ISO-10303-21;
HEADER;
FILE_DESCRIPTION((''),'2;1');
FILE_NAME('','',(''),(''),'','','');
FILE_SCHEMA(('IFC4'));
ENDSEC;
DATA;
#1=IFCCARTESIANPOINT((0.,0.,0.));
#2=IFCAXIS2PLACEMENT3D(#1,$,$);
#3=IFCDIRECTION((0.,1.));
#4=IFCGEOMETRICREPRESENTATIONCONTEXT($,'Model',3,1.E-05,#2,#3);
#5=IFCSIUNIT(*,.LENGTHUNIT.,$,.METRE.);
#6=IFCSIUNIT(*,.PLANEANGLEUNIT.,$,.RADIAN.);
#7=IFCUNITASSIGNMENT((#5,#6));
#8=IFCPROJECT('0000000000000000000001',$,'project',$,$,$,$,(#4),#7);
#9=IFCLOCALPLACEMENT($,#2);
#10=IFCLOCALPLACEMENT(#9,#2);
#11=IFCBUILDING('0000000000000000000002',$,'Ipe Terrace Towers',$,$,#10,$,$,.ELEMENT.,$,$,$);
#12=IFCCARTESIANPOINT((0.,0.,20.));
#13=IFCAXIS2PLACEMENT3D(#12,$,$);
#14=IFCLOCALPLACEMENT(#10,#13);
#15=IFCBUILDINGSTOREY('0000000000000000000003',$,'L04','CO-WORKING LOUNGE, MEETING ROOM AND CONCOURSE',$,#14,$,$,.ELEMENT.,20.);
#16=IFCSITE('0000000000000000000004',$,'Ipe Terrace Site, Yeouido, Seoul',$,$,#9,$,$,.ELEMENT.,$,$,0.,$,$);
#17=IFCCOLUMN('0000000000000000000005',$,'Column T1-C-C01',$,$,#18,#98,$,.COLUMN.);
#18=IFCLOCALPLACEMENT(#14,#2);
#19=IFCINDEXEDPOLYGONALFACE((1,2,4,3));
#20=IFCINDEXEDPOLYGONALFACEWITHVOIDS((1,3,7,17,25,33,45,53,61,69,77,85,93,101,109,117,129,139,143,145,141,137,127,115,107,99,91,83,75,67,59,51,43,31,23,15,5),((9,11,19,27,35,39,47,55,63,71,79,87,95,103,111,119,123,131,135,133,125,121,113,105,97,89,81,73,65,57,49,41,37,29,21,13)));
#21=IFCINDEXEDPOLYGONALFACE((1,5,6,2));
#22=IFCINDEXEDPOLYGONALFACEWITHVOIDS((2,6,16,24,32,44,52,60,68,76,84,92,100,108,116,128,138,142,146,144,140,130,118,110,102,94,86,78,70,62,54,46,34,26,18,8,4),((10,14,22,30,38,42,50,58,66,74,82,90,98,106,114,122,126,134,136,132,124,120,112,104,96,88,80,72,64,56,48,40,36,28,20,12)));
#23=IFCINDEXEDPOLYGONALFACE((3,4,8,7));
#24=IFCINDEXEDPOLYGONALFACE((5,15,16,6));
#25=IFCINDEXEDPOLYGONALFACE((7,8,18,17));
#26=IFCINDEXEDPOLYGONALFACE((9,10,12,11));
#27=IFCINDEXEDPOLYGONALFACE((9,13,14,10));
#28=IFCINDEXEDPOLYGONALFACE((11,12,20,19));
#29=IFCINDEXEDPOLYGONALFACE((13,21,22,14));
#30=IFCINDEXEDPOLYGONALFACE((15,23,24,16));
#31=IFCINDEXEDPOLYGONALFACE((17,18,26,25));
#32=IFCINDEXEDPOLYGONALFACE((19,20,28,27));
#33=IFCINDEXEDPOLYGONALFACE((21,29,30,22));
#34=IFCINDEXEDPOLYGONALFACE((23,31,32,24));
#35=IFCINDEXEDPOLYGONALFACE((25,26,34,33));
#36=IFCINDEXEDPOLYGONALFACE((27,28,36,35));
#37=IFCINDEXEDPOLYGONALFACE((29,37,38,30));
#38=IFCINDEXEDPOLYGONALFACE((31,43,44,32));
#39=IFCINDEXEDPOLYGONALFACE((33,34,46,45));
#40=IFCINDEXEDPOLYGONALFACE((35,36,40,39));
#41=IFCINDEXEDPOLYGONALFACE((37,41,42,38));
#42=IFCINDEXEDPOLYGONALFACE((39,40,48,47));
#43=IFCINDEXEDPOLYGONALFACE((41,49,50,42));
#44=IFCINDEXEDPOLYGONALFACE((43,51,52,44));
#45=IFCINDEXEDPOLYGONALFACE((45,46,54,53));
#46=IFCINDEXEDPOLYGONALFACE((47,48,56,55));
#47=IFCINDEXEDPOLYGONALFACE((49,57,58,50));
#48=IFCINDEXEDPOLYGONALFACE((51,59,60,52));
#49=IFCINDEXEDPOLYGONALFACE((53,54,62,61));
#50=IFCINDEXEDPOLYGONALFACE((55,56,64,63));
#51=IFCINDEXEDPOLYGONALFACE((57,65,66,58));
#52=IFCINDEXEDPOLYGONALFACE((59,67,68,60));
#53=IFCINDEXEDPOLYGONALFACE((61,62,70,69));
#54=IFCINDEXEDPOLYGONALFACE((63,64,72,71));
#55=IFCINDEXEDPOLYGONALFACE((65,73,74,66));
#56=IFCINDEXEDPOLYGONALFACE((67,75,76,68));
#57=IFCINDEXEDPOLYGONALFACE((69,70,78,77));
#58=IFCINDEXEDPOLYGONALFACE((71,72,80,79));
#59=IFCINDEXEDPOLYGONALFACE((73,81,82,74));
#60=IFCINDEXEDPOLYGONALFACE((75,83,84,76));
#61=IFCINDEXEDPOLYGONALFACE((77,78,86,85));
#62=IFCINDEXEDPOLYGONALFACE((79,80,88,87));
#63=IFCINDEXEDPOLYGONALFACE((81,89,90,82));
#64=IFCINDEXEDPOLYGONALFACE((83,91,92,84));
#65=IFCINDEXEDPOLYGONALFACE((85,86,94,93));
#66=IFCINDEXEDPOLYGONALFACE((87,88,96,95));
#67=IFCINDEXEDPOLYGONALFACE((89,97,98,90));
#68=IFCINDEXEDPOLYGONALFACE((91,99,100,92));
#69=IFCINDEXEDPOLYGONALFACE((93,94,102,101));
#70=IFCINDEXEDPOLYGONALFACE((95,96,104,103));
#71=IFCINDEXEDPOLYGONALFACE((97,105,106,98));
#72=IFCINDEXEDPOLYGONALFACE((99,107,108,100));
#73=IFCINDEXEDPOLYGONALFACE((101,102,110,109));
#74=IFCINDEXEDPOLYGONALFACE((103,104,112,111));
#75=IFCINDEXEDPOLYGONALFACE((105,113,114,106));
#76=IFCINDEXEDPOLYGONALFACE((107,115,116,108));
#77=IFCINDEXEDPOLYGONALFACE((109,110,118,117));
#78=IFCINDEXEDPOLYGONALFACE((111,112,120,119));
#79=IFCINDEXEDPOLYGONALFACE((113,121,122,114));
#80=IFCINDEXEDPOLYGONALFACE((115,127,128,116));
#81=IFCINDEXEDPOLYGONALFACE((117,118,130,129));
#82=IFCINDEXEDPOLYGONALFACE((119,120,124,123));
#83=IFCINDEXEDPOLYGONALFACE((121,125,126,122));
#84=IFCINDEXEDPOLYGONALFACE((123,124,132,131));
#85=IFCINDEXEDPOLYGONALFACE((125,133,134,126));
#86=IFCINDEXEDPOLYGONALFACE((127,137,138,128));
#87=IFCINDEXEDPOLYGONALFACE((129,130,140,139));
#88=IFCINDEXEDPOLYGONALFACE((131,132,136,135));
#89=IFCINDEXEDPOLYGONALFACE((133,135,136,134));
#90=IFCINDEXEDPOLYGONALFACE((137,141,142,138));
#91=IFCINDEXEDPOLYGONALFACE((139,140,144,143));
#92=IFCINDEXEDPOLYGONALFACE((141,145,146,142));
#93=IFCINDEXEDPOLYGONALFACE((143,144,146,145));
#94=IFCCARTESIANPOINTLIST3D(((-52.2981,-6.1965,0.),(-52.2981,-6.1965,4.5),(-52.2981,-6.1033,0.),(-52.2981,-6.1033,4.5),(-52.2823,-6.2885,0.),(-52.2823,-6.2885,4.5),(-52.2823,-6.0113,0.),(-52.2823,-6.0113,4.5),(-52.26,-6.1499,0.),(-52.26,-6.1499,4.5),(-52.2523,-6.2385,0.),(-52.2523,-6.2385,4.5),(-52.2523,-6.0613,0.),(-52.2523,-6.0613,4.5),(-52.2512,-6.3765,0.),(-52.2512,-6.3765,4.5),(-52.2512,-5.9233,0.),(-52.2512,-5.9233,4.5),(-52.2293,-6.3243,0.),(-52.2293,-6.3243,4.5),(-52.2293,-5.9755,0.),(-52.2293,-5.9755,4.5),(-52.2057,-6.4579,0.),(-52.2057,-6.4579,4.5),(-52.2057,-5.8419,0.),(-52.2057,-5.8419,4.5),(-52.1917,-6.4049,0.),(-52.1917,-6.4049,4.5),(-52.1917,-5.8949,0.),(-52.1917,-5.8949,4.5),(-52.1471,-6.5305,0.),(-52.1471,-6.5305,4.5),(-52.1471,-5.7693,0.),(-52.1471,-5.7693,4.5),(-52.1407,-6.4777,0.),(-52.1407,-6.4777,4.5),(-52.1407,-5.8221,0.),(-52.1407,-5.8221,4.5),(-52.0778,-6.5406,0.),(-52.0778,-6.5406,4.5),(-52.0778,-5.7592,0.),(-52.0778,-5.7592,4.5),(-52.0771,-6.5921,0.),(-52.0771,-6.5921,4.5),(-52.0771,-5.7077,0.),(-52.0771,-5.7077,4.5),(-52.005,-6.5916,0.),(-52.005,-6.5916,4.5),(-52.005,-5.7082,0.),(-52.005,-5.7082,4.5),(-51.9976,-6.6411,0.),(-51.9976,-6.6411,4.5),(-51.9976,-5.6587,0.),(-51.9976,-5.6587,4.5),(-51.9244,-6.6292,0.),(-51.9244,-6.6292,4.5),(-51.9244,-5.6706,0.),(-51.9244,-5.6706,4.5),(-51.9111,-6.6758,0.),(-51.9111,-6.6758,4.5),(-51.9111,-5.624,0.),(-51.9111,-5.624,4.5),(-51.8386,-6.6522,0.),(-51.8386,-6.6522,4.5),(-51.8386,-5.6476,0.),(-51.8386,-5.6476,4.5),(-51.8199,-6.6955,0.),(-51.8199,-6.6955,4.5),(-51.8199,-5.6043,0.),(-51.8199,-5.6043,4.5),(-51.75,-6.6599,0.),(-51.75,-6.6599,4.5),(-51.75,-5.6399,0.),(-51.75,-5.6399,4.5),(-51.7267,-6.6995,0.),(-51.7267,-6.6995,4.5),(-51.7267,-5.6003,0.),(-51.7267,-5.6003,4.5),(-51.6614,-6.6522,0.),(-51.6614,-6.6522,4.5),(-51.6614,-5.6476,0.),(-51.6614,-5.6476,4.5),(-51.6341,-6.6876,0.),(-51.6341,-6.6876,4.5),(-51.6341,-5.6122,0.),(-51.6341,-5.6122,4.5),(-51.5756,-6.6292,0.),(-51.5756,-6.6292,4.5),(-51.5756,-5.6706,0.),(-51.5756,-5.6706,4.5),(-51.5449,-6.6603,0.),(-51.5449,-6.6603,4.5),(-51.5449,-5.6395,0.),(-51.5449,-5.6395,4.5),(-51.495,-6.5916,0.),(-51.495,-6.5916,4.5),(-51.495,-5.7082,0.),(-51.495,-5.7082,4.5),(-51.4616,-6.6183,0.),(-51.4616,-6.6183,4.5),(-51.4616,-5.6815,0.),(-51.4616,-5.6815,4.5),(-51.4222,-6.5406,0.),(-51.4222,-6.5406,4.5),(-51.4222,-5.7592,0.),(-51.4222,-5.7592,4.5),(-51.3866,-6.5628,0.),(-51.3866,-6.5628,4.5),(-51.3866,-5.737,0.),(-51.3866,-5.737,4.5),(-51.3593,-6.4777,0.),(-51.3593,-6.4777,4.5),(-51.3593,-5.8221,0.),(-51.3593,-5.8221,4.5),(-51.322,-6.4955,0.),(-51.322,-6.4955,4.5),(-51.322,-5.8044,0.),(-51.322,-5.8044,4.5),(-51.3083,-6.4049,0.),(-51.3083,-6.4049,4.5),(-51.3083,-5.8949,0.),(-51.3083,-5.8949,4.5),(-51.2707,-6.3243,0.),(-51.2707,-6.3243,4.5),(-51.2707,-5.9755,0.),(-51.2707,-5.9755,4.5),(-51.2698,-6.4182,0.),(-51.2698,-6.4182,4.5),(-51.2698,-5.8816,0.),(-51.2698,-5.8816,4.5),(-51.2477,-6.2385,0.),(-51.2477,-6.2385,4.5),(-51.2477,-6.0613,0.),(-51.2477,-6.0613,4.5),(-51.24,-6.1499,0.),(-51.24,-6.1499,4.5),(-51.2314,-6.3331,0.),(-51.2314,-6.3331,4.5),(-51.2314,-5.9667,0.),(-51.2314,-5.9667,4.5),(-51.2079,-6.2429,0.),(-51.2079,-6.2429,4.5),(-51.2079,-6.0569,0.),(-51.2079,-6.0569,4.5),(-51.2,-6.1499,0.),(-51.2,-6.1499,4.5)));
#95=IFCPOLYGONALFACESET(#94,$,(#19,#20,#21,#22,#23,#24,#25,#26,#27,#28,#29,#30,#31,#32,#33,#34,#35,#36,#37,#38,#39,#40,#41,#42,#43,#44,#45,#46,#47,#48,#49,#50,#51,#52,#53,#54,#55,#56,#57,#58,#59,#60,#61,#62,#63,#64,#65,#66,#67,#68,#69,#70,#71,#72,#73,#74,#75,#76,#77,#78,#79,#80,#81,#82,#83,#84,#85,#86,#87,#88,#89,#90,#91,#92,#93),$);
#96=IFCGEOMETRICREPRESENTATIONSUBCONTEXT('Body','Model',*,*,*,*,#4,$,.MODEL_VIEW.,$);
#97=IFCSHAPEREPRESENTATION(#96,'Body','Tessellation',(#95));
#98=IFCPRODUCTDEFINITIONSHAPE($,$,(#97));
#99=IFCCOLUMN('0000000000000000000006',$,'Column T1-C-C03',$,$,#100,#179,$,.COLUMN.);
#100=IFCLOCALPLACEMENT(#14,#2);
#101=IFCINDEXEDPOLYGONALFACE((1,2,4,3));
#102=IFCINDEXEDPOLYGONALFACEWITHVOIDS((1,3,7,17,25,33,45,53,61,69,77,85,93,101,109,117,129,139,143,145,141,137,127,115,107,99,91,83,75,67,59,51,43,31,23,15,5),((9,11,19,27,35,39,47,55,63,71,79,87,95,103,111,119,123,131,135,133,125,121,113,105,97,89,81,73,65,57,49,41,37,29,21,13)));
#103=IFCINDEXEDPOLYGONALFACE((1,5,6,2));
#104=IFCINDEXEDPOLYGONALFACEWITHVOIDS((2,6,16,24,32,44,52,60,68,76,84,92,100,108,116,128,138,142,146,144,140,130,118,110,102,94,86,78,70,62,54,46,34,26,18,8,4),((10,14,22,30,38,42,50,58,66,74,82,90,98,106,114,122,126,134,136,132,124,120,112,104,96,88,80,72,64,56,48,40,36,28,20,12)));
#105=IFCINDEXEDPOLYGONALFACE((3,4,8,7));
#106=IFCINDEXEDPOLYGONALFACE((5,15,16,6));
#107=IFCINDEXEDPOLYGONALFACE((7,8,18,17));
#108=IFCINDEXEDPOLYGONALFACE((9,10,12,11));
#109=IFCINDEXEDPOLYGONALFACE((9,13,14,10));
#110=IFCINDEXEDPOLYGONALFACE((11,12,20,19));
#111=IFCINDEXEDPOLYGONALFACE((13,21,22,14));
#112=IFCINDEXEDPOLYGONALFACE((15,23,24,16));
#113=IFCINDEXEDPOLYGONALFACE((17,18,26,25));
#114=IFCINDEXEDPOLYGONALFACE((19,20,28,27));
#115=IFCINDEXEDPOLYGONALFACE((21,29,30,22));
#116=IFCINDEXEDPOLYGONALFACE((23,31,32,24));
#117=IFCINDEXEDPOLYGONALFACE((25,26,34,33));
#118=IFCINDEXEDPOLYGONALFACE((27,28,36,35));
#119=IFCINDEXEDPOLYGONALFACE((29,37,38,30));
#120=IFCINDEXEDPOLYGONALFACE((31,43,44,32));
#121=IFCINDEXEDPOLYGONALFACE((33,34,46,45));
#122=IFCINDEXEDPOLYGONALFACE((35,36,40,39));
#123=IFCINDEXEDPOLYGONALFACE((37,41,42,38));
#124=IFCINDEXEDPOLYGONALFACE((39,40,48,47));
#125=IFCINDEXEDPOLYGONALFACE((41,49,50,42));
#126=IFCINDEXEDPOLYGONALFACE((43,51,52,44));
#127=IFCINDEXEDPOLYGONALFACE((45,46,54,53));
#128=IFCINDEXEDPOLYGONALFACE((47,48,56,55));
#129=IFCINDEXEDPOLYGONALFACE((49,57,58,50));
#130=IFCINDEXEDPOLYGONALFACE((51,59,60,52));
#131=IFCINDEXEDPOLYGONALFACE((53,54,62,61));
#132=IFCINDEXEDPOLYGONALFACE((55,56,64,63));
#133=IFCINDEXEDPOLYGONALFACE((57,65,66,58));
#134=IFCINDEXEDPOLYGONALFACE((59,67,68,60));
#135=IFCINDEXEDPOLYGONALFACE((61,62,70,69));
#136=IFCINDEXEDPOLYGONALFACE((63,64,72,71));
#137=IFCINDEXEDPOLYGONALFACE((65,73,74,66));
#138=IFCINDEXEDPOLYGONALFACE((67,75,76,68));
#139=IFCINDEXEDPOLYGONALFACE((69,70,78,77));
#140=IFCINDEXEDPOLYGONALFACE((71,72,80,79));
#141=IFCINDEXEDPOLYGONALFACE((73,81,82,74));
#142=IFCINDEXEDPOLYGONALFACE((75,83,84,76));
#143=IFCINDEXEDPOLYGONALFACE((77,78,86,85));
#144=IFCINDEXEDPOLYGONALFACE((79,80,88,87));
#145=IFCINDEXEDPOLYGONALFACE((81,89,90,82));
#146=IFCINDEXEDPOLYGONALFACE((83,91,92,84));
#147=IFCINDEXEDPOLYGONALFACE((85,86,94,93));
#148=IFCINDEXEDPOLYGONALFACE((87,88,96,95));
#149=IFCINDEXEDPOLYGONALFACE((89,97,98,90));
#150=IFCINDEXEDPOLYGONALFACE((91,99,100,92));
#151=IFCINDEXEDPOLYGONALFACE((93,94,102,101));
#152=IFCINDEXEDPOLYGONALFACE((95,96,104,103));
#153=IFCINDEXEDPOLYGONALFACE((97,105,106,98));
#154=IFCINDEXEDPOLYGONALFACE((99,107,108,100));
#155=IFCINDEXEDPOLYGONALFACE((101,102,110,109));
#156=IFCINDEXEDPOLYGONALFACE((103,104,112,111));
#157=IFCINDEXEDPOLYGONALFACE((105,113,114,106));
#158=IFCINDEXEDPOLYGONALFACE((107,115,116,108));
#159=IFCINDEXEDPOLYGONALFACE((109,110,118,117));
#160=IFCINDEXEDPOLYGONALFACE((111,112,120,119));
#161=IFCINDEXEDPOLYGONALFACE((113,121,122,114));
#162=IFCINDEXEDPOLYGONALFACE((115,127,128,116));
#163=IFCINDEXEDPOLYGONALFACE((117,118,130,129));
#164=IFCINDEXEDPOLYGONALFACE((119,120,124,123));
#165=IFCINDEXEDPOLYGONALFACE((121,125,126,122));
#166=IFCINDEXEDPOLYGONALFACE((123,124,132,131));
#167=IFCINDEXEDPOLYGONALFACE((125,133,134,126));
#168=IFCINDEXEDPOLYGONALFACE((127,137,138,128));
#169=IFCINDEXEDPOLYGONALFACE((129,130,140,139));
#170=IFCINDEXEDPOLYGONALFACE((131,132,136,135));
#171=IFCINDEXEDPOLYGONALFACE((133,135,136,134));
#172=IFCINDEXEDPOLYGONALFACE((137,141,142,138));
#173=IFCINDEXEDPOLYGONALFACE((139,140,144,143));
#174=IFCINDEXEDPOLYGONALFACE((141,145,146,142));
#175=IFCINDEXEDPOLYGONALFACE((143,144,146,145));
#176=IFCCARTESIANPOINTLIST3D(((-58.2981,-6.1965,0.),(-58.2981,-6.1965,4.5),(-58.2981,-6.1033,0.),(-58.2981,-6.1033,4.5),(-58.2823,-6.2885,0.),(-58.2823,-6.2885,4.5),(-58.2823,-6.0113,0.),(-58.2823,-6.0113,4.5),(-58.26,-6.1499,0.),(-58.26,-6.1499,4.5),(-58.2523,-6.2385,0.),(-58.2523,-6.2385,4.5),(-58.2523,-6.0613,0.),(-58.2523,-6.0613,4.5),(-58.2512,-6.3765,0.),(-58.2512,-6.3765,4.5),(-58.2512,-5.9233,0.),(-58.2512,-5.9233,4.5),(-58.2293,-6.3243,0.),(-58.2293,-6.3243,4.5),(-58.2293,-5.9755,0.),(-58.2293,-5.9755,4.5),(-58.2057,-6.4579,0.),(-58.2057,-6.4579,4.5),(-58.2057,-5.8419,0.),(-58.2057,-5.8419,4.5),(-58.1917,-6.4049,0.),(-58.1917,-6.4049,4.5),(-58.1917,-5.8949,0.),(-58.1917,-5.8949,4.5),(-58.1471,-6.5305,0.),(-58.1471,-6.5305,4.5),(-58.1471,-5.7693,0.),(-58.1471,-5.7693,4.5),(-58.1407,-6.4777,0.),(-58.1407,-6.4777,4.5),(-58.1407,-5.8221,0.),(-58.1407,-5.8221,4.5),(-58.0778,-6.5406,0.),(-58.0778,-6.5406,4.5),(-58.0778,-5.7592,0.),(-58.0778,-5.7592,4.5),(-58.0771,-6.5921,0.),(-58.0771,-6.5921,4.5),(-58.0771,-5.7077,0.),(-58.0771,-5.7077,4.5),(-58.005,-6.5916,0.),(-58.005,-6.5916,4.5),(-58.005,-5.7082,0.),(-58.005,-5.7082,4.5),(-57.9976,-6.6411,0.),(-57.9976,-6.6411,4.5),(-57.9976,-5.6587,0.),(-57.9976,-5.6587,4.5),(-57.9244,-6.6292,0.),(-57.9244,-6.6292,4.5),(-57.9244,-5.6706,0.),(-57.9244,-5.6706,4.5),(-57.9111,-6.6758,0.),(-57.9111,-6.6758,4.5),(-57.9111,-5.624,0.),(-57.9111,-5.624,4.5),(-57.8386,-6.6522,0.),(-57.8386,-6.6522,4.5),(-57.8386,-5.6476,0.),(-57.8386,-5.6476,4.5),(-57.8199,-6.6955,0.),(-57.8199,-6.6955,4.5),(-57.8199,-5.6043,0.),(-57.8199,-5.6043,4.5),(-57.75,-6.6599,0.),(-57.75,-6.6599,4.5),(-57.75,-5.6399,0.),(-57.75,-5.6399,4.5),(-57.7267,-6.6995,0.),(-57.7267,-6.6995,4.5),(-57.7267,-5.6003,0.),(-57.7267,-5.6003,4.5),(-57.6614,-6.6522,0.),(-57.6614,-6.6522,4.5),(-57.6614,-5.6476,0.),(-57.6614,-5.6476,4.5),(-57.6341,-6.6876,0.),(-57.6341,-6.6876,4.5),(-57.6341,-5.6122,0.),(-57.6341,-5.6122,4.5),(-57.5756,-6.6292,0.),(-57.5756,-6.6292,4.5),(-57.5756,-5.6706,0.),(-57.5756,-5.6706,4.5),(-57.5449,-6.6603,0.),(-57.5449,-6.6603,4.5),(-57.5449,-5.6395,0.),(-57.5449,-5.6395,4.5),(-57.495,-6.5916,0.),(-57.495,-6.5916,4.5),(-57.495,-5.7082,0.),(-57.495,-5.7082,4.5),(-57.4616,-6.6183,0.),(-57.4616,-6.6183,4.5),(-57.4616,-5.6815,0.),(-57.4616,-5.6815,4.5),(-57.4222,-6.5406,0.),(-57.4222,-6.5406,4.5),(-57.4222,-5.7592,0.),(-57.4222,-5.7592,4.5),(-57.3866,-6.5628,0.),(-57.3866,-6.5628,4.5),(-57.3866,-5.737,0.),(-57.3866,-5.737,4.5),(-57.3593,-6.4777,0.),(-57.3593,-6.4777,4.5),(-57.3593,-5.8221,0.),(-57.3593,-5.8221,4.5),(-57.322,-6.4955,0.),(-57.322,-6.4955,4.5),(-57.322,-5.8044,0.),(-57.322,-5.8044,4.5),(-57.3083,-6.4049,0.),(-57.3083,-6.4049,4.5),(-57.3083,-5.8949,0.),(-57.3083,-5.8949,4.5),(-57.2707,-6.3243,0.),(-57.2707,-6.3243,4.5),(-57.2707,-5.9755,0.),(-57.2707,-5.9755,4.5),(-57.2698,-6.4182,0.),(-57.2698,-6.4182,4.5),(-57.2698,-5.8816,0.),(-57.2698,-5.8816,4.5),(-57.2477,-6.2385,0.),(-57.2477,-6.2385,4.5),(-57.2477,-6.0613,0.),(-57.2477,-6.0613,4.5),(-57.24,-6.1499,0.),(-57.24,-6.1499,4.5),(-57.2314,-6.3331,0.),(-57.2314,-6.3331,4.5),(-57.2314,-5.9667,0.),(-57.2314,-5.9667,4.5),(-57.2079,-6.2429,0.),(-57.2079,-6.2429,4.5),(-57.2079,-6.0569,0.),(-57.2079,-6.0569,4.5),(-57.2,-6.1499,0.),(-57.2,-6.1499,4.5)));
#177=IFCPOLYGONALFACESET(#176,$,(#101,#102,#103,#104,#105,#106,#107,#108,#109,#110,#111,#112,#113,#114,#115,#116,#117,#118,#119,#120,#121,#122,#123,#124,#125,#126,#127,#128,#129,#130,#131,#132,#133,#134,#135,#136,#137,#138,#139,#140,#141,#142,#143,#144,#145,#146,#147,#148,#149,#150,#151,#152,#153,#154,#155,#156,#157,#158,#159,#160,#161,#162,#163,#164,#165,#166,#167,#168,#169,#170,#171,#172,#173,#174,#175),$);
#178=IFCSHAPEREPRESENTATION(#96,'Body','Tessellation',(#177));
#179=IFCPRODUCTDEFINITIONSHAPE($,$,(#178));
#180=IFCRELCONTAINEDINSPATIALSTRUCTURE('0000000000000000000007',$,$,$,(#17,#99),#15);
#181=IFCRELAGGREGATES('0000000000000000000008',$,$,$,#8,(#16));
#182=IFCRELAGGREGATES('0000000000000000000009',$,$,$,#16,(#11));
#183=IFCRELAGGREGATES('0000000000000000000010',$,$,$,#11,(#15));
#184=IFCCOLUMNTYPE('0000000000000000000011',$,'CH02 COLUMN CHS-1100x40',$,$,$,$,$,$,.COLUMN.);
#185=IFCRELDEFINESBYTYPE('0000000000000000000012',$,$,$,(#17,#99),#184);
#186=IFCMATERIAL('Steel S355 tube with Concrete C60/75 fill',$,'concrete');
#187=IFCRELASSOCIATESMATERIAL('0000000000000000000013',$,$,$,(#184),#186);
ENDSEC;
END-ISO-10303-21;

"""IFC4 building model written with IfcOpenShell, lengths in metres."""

from ifc_helpers import new_model, si_unit, direction, frame, origin, origin_2d, place, context, subcontext, project, spatial, hollow_circle, extrude, material, material_profile, profile_set, type_object, element, save


model = new_model("IFC4")

# Units and contexts
model_context = context("Model", 3, precision=1e-05, world=origin(), true_north=direction((0.0, 1.0)))
body_context = subcontext(model_context, "Body", "Model", "MODEL_VIEW")
ifc_project = project(units=[si_unit("LENGTHUNIT", "METRE"), si_unit("PLANEANGLEUNIT", "RADIAN")], contexts=[model_context])

# Site, building, storey
site_placement = place(None, origin())
site = spatial("IfcSite", under=ifc_project, at=site_placement, Name="Ipe Terrace Site, Yeouido, Seoul", CompositionType="ELEMENT", RefElevation=0.0)
building_placement = place(site_placement, origin())
building = spatial("IfcBuilding", under=site, at=building_placement, Name="Ipe Terrace Towers", CompositionType="ELEMENT")
storey_placement = place(building_placement, frame((0.0, 0.0, 20.0)))
storey = spatial("IfcBuildingStorey", under=building, at=storey_placement, Name="L04", Description="CO-WORKING LOUNGE, MEETING ROOM AND CONCOURSE", CompositionType="ELEMENT", Elevation=20.0)

# Columns
ifc_material_1 = material(Name="Steel S355 tube with Concrete C60/75 fill", Category="concrete")
ifc_material_profile_1 = material_profile(ifc_material_1, hollow_circle(Radius=0.55, WallThickness=0.04, at=origin_2d()), Name="CHS-1100x40")
ifc_profile_set_1 = profile_set([ifc_material_profile_1], Name="Steel S355 tube with Concrete C60/75 fill")
column_type_1 = type_object("IfcColumnType", Name="CH02 COLUMN CHS-1100x40", PredefinedType="COLUMN", material=ifc_profile_set_1)
for number, where, z_axis, x_axis, name in (
    (1, (-51.75, -6.1499, 0.0), (0.0, 0.0, 1.0), (1.0, 0.0, 0.0), "Column T1-C-C01"),
    (2, (-57.75, -6.1499, 0.0), (0.0, 0.0, 1.0), (1.0, 0.0, 0.0), "Column T1-C-C03"),
):
    element("IfcColumn", number, at=place(storey_placement, frame(where, z_axis=z_axis, x_axis=x_axis)), inside=storey, type_object=column_type_1, Name=name, PredefinedType="COLUMN", context=body_context, shape_type="SweptSolid", body=[
        extrude(hollow_circle(Radius=0.55, WallThickness=0.04, at=origin_2d()), origin(), (0.0, 0.0, 1.0), 4.5),
    ])

save(model, "model.ifc")
